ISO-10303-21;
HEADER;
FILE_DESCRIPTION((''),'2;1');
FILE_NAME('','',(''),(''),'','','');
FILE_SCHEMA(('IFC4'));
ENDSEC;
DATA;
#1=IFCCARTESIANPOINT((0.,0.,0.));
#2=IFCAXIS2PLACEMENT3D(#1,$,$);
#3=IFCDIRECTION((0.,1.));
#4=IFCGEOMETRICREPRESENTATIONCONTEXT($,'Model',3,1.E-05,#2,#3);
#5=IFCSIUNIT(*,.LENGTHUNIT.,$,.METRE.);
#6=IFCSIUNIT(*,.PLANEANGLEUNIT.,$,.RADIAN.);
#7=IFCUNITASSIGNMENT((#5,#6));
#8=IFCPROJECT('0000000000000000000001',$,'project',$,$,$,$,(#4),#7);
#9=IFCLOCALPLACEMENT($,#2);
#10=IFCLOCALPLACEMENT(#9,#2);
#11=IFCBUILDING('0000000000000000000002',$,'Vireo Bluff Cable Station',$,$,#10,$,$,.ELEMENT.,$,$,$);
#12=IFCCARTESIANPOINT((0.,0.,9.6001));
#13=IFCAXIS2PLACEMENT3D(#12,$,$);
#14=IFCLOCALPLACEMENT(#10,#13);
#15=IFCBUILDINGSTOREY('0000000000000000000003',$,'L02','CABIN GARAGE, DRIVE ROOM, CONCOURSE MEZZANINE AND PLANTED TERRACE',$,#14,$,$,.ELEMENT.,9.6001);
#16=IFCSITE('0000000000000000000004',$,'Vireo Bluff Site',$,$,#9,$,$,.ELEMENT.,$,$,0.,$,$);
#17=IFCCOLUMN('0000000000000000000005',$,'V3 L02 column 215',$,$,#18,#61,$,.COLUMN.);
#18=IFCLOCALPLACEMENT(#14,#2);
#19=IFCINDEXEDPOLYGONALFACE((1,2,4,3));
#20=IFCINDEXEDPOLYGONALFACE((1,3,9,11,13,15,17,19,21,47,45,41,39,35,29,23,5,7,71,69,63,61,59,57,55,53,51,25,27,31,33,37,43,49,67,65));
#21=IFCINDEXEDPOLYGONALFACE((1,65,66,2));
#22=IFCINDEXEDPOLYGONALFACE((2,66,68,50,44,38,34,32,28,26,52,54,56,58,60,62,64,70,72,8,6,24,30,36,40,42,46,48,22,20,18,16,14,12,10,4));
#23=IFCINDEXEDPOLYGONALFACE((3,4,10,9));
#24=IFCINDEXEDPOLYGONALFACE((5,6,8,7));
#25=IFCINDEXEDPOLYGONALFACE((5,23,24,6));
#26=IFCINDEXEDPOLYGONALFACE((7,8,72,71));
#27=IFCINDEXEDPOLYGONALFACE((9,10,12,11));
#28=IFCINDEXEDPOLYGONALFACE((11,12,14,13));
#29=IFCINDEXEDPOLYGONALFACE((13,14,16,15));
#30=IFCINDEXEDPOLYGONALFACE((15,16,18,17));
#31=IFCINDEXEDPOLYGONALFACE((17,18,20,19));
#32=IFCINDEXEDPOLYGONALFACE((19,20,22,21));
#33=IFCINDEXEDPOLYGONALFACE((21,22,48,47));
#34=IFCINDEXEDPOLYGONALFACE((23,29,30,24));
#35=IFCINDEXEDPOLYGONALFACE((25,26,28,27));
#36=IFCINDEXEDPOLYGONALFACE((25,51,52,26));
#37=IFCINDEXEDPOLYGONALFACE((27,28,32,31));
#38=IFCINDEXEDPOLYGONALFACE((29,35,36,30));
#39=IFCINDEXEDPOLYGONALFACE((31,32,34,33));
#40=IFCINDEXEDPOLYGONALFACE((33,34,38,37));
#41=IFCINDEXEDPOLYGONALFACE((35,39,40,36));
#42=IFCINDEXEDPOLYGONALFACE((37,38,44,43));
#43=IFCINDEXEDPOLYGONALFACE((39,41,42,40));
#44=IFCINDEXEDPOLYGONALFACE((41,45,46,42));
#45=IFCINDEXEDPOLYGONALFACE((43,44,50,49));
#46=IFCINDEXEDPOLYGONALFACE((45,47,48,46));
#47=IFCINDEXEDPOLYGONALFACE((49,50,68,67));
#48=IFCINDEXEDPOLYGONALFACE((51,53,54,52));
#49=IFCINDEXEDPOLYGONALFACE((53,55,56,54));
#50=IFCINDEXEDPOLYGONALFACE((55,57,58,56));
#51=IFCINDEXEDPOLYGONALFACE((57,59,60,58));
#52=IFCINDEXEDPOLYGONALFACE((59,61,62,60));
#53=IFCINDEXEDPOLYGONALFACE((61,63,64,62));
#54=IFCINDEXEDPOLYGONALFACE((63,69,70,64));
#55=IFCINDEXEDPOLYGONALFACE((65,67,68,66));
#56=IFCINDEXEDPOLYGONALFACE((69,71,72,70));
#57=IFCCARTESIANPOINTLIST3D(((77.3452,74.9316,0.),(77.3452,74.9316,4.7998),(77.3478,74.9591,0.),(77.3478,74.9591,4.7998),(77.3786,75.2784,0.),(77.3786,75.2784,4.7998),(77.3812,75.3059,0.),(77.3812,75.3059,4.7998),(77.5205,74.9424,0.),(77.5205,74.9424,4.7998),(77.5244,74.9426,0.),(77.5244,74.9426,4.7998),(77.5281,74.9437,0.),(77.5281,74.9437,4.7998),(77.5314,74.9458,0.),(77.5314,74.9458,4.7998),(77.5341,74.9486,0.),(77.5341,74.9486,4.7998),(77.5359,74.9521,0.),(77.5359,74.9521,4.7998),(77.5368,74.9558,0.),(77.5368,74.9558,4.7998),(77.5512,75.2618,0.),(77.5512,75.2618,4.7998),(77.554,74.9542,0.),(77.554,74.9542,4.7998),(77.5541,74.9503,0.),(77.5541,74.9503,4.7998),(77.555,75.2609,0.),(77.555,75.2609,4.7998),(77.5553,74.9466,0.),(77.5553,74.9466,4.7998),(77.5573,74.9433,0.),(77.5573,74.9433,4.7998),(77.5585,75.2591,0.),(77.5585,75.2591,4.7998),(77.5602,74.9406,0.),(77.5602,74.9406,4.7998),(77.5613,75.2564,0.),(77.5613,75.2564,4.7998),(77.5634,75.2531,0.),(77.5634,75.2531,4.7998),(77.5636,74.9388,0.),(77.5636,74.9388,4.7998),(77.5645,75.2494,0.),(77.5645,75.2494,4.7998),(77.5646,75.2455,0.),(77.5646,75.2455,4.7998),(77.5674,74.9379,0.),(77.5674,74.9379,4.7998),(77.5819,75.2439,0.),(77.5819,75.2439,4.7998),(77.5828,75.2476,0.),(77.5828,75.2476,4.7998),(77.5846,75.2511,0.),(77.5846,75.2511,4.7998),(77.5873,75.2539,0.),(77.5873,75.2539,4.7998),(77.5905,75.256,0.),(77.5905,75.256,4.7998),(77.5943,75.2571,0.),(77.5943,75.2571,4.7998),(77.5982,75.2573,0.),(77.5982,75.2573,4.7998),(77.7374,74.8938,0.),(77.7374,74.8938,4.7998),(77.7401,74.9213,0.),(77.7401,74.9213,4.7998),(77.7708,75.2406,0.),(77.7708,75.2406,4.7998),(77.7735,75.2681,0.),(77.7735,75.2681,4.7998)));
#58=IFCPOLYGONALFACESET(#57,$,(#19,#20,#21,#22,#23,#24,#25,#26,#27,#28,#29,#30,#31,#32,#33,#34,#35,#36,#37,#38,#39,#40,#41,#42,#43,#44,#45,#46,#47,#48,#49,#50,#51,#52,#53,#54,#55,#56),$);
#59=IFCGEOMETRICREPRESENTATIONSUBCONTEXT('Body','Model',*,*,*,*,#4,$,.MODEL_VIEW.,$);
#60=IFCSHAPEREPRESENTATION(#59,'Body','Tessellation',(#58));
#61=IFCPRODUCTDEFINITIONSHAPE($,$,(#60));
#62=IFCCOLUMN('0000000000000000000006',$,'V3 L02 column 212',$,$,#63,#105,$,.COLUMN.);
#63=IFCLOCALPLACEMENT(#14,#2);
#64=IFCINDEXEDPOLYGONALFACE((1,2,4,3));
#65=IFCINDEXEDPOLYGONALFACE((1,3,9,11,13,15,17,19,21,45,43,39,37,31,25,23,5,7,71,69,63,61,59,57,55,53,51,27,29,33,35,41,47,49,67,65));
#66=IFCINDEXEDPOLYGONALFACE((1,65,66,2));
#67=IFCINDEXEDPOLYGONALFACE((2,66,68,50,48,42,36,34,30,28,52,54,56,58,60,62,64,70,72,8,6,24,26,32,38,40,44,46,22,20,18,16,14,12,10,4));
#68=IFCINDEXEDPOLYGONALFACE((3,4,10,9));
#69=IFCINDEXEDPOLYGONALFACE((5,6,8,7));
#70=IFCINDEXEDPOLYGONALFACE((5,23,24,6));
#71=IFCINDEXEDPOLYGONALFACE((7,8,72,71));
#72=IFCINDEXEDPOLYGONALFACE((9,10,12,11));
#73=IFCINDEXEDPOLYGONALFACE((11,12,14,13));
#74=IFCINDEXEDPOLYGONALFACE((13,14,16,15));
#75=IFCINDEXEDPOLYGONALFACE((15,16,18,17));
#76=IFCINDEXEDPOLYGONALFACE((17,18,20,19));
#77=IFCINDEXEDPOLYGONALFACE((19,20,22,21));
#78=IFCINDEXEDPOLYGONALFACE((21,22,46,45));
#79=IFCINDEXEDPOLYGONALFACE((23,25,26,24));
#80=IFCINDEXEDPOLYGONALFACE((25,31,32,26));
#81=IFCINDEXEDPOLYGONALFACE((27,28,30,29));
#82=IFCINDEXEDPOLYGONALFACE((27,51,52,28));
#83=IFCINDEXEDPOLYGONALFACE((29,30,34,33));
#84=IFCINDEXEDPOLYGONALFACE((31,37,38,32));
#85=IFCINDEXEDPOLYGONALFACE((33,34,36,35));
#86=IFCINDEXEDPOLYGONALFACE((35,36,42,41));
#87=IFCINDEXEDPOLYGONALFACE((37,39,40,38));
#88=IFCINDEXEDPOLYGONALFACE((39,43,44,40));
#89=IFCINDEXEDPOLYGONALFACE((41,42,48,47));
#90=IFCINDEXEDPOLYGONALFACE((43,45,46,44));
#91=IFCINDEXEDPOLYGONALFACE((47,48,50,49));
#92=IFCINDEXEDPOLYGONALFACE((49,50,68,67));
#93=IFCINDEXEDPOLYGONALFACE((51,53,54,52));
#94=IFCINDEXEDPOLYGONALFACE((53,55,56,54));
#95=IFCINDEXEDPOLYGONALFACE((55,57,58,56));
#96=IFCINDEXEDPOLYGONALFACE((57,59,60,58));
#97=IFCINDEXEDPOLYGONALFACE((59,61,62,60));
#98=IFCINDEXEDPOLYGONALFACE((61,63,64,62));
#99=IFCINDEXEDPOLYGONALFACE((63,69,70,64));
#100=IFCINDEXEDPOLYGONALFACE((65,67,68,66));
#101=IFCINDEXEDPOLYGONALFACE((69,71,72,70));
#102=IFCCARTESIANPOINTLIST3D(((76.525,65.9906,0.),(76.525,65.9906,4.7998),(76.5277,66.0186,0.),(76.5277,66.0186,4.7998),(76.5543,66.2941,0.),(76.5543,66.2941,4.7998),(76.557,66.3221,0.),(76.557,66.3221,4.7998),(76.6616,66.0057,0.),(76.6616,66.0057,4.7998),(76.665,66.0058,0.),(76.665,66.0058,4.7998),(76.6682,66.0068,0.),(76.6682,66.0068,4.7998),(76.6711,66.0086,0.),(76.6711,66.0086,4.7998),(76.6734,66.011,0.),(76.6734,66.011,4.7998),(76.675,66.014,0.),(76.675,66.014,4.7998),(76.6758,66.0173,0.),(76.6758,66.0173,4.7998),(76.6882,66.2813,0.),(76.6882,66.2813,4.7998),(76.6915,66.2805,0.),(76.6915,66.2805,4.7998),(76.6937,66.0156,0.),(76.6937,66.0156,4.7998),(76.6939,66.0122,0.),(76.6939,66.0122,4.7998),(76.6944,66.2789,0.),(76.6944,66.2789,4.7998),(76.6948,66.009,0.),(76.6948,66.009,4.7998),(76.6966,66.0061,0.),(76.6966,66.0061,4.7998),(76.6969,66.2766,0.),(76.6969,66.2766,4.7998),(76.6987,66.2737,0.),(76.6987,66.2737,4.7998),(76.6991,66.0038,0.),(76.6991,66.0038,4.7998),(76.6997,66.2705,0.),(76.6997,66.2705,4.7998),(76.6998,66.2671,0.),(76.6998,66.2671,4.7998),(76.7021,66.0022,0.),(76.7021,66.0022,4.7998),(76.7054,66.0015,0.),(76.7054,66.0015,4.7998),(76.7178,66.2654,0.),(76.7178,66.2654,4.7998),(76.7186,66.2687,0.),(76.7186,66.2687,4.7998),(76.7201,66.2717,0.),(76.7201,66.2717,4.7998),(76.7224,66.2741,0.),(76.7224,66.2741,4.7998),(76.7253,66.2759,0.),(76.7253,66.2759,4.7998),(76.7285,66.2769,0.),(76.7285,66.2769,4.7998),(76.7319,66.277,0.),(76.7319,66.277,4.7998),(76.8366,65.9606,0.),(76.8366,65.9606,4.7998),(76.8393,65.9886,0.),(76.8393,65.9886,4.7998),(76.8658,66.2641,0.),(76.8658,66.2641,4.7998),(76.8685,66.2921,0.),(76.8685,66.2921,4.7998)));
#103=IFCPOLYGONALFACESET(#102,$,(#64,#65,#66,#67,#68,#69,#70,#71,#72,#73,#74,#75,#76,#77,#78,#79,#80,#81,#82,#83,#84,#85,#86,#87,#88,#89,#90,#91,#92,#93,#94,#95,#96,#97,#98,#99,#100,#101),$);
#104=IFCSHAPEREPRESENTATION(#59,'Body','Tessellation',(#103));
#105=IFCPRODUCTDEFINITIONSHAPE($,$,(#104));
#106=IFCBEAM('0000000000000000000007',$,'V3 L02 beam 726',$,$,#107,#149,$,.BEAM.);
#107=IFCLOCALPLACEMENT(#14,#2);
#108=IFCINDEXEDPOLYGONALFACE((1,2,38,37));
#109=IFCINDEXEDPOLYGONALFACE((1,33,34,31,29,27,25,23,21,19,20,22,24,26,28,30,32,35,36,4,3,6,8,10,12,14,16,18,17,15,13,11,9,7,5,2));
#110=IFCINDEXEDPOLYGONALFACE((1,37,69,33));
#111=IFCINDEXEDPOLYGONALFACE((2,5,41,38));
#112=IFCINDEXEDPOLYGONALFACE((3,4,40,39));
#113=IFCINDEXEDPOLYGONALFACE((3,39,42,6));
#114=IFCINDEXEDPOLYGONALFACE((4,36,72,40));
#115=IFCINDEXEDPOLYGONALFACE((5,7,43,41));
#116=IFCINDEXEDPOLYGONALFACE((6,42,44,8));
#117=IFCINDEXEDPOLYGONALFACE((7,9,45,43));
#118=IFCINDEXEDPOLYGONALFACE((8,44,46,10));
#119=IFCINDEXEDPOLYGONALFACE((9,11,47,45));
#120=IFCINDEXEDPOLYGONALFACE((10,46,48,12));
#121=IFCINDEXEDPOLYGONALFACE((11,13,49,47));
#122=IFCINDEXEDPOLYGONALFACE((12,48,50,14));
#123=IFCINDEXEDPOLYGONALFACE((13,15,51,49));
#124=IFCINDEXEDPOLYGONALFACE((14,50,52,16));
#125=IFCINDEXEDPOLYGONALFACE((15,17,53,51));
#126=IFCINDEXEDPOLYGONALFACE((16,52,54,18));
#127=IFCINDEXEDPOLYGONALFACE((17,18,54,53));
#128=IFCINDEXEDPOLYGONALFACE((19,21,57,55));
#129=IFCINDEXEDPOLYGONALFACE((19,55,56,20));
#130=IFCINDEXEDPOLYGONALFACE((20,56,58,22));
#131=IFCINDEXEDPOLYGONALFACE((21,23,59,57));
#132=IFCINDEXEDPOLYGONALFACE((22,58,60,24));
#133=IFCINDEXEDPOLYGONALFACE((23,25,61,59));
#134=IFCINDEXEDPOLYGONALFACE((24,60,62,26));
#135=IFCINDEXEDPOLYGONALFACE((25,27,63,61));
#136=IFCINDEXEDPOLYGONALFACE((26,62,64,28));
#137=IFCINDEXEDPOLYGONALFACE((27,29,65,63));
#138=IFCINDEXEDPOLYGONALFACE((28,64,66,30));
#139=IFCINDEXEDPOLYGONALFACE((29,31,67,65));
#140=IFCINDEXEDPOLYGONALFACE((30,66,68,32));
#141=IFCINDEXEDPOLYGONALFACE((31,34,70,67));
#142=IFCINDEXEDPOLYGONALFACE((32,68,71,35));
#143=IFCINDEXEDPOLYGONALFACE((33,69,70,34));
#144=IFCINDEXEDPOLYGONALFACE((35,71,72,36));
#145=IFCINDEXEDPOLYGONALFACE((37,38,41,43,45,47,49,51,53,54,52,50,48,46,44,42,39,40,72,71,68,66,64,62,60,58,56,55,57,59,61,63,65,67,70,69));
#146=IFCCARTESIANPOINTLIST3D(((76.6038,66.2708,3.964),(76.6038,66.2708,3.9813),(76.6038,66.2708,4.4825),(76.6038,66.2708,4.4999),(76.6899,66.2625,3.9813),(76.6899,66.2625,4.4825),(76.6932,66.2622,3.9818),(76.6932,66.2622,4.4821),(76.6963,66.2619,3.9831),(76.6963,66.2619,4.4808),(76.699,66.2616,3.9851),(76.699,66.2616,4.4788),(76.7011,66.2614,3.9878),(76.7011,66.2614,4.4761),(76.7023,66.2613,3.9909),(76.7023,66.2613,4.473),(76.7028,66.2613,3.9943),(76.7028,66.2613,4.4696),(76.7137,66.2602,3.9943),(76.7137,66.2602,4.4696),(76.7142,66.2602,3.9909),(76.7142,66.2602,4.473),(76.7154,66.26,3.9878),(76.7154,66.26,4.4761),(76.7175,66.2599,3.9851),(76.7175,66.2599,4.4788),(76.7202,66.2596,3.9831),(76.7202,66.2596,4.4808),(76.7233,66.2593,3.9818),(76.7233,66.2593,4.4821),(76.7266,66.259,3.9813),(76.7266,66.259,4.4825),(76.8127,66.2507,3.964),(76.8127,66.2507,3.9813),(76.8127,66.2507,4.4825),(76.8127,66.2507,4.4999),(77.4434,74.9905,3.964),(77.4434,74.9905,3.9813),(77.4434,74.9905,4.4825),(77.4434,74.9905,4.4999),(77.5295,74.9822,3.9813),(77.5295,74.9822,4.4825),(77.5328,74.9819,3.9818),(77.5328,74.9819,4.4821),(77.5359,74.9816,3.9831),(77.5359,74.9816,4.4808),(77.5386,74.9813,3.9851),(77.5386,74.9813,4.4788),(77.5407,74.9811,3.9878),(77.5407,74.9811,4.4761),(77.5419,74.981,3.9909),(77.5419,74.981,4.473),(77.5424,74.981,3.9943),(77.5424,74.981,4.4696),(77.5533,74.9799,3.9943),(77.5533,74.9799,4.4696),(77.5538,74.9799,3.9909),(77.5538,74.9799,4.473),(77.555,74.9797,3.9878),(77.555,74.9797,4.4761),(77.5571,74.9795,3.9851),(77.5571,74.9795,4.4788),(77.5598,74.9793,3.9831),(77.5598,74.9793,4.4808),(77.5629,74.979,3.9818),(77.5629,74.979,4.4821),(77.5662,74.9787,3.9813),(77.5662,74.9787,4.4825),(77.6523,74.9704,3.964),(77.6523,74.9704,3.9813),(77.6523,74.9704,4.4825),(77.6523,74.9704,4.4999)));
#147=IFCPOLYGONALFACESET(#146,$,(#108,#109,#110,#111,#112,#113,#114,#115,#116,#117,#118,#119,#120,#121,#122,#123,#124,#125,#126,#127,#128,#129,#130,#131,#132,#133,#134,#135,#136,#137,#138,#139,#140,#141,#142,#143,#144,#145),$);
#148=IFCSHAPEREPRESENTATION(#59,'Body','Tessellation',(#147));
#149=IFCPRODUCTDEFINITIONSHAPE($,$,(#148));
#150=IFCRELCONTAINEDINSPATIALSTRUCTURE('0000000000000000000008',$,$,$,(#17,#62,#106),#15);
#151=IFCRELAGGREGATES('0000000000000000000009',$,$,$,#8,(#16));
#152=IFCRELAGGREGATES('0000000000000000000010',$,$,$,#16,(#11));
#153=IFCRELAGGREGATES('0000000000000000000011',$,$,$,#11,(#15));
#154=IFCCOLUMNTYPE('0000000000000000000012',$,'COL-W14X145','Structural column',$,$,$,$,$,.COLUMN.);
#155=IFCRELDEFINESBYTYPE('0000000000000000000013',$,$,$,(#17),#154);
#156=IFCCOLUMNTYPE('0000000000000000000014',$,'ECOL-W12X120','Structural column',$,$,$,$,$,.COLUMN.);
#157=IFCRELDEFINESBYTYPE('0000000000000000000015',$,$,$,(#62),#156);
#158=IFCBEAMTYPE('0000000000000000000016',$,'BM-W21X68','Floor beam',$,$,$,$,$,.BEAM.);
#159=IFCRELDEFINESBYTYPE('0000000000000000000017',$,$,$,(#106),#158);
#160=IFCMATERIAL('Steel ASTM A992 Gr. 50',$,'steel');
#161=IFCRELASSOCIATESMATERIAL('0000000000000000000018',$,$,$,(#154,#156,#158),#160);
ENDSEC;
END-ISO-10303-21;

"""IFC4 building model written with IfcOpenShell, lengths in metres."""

from ifc_helpers import new_model, si_unit, direction, frame, origin, origin_2d, place, context, subcontext, project, spatial, i_section, extrude, material, material_profile, profile_set, type_object, element, save


model = new_model("IFC4")

# Units and contexts
model_context = context("Model", 3, precision=1e-05, world=origin(), true_north=direction((0.0, 1.0)))
body_context = subcontext(model_context, "Body", "Model", "MODEL_VIEW")
ifc_project = project(units=[si_unit("LENGTHUNIT", "METRE"), si_unit("PLANEANGLEUNIT", "RADIAN")], contexts=[model_context])

# Site, building, storey
site_placement = place(None, origin())
site = spatial("IfcSite", under=ifc_project, at=site_placement, Name="Vireo Bluff Site", CompositionType="ELEMENT", RefElevation=0.0)
building_placement = place(site_placement, origin())
building = spatial("IfcBuilding", under=site, at=building_placement, Name="Vireo Bluff Cable Station", CompositionType="ELEMENT")
storey_placement = place(building_placement, frame((0.0, 0.0, 9.6001)))
storey = spatial("IfcBuildingStorey", under=building, at=storey_placement, Name="L02", Description="CABIN GARAGE, DRIVE ROOM, CONCOURSE MEZZANINE AND PLANTED TERRACE", CompositionType="ELEMENT", Elevation=9.6001)

# Columns
ifc_material_1 = material(Name="Steel ASTM A992 Gr. 50", Category="steel")
ifc_material_profile_1 = material_profile(ifc_material_1, i_section(OverallWidth=0.394, OverallDepth=0.376, WebThickness=0.0173, FlangeThickness=0.0276, FilletRadius=0.0149, at=origin_2d()), Name="W14X145")
ifc_profile_set_1 = profile_set([ifc_material_profile_1], Name="Steel ASTM A992 Gr. 50")
column_type_1 = type_object("IfcColumnType", Name="COL-W14X145", Description="Structural column", PredefinedType="COLUMN", material=ifc_profile_set_1)
column_1_placement = place(storey_placement, frame((77.5593, 75.0999, 0.0), z_axis=(0.0, 0.0, 1.0), x_axis=(0.995396, -0.095846, 0.0)))
element("IfcColumn", 1, at=column_1_placement, inside=storey, type_object=column_type_1, Name="V3 L02 column 215", PredefinedType="COLUMN", context=body_context, shape_type="SweptSolid", body=[
    extrude(i_section(OverallWidth=0.394, OverallDepth=0.376, WebThickness=0.0173, FlangeThickness=0.0276, FilletRadius=0.0149, at=origin_2d()), origin(), (0.0, 0.0, 1.0), 4.7998),
])
ifc_material_profile_2 = material_profile(ifc_material_1, i_section(OverallWidth=0.313, OverallDepth=0.333, WebThickness=0.0181, FlangeThickness=0.0281, FilletRadius=0.0129, at=origin_2d()), Name="W12X120")
ifc_profile_set_2 = profile_set([ifc_material_profile_2], Name="Steel ASTM A992 Gr. 50")
column_type_2 = type_object("IfcColumnType", Name="ECOL-W12X120", Description="Structural column", PredefinedType="COLUMN", material=ifc_profile_set_2)
column_2_placement = place(storey_placement, frame((76.6968, 66.1414, 0.0), z_axis=(0.0, 0.0, 1.0), x_axis=(0.995396, -0.095846, 0.0)))
element("IfcColumn", 2, at=column_2_placement, inside=storey, type_object=column_type_2, Name="V3 L02 column 212", PredefinedType="COLUMN", context=body_context, shape_type="SweptSolid", body=[
    extrude(i_section(OverallWidth=0.313, OverallDepth=0.333, WebThickness=0.0181, FlangeThickness=0.0281, FilletRadius=0.0129, at=origin_2d()), origin(), (0.0, 0.0, 1.0), 4.7998),
])

# Beam
ifc_material_profile_3 = material_profile(ifc_material_1, i_section(OverallWidth=0.21, OverallDepth=0.5359, WebThickness=0.011, FlangeThickness=0.0173, FilletRadius=0.0129, at=origin_2d()), Name="W21X68")
ifc_profile_set_3 = profile_set([ifc_material_profile_3], Name="Steel ASTM A992 Gr. 50")
beam_type_1 = type_object("IfcBeamType", Name="BM-W21X68", Description="Floor beam", PredefinedType="BEAM", material=ifc_profile_set_3)
beam_1_placement = place(storey_placement, frame((76.7083, 66.2607, 4.2319), z_axis=(0.095844, 0.995396, 0.0), x_axis=(-0.995396, 0.095844, 0.0)))
element("IfcBeam", 3, at=beam_1_placement, inside=storey, type_object=beam_type_1, Name="V3 L02 beam 726", PredefinedType="BEAM", context=body_context, shape_type="SweptSolid", body=[
    extrude(i_section(OverallWidth=0.21, OverallDepth=0.5359, WebThickness=0.011, FlangeThickness=0.0173, FilletRadius=0.0129, at=origin_2d()), origin(), (0.0, 0.0, 1.0), 8.76),
])

save(model, "model.ifc")
